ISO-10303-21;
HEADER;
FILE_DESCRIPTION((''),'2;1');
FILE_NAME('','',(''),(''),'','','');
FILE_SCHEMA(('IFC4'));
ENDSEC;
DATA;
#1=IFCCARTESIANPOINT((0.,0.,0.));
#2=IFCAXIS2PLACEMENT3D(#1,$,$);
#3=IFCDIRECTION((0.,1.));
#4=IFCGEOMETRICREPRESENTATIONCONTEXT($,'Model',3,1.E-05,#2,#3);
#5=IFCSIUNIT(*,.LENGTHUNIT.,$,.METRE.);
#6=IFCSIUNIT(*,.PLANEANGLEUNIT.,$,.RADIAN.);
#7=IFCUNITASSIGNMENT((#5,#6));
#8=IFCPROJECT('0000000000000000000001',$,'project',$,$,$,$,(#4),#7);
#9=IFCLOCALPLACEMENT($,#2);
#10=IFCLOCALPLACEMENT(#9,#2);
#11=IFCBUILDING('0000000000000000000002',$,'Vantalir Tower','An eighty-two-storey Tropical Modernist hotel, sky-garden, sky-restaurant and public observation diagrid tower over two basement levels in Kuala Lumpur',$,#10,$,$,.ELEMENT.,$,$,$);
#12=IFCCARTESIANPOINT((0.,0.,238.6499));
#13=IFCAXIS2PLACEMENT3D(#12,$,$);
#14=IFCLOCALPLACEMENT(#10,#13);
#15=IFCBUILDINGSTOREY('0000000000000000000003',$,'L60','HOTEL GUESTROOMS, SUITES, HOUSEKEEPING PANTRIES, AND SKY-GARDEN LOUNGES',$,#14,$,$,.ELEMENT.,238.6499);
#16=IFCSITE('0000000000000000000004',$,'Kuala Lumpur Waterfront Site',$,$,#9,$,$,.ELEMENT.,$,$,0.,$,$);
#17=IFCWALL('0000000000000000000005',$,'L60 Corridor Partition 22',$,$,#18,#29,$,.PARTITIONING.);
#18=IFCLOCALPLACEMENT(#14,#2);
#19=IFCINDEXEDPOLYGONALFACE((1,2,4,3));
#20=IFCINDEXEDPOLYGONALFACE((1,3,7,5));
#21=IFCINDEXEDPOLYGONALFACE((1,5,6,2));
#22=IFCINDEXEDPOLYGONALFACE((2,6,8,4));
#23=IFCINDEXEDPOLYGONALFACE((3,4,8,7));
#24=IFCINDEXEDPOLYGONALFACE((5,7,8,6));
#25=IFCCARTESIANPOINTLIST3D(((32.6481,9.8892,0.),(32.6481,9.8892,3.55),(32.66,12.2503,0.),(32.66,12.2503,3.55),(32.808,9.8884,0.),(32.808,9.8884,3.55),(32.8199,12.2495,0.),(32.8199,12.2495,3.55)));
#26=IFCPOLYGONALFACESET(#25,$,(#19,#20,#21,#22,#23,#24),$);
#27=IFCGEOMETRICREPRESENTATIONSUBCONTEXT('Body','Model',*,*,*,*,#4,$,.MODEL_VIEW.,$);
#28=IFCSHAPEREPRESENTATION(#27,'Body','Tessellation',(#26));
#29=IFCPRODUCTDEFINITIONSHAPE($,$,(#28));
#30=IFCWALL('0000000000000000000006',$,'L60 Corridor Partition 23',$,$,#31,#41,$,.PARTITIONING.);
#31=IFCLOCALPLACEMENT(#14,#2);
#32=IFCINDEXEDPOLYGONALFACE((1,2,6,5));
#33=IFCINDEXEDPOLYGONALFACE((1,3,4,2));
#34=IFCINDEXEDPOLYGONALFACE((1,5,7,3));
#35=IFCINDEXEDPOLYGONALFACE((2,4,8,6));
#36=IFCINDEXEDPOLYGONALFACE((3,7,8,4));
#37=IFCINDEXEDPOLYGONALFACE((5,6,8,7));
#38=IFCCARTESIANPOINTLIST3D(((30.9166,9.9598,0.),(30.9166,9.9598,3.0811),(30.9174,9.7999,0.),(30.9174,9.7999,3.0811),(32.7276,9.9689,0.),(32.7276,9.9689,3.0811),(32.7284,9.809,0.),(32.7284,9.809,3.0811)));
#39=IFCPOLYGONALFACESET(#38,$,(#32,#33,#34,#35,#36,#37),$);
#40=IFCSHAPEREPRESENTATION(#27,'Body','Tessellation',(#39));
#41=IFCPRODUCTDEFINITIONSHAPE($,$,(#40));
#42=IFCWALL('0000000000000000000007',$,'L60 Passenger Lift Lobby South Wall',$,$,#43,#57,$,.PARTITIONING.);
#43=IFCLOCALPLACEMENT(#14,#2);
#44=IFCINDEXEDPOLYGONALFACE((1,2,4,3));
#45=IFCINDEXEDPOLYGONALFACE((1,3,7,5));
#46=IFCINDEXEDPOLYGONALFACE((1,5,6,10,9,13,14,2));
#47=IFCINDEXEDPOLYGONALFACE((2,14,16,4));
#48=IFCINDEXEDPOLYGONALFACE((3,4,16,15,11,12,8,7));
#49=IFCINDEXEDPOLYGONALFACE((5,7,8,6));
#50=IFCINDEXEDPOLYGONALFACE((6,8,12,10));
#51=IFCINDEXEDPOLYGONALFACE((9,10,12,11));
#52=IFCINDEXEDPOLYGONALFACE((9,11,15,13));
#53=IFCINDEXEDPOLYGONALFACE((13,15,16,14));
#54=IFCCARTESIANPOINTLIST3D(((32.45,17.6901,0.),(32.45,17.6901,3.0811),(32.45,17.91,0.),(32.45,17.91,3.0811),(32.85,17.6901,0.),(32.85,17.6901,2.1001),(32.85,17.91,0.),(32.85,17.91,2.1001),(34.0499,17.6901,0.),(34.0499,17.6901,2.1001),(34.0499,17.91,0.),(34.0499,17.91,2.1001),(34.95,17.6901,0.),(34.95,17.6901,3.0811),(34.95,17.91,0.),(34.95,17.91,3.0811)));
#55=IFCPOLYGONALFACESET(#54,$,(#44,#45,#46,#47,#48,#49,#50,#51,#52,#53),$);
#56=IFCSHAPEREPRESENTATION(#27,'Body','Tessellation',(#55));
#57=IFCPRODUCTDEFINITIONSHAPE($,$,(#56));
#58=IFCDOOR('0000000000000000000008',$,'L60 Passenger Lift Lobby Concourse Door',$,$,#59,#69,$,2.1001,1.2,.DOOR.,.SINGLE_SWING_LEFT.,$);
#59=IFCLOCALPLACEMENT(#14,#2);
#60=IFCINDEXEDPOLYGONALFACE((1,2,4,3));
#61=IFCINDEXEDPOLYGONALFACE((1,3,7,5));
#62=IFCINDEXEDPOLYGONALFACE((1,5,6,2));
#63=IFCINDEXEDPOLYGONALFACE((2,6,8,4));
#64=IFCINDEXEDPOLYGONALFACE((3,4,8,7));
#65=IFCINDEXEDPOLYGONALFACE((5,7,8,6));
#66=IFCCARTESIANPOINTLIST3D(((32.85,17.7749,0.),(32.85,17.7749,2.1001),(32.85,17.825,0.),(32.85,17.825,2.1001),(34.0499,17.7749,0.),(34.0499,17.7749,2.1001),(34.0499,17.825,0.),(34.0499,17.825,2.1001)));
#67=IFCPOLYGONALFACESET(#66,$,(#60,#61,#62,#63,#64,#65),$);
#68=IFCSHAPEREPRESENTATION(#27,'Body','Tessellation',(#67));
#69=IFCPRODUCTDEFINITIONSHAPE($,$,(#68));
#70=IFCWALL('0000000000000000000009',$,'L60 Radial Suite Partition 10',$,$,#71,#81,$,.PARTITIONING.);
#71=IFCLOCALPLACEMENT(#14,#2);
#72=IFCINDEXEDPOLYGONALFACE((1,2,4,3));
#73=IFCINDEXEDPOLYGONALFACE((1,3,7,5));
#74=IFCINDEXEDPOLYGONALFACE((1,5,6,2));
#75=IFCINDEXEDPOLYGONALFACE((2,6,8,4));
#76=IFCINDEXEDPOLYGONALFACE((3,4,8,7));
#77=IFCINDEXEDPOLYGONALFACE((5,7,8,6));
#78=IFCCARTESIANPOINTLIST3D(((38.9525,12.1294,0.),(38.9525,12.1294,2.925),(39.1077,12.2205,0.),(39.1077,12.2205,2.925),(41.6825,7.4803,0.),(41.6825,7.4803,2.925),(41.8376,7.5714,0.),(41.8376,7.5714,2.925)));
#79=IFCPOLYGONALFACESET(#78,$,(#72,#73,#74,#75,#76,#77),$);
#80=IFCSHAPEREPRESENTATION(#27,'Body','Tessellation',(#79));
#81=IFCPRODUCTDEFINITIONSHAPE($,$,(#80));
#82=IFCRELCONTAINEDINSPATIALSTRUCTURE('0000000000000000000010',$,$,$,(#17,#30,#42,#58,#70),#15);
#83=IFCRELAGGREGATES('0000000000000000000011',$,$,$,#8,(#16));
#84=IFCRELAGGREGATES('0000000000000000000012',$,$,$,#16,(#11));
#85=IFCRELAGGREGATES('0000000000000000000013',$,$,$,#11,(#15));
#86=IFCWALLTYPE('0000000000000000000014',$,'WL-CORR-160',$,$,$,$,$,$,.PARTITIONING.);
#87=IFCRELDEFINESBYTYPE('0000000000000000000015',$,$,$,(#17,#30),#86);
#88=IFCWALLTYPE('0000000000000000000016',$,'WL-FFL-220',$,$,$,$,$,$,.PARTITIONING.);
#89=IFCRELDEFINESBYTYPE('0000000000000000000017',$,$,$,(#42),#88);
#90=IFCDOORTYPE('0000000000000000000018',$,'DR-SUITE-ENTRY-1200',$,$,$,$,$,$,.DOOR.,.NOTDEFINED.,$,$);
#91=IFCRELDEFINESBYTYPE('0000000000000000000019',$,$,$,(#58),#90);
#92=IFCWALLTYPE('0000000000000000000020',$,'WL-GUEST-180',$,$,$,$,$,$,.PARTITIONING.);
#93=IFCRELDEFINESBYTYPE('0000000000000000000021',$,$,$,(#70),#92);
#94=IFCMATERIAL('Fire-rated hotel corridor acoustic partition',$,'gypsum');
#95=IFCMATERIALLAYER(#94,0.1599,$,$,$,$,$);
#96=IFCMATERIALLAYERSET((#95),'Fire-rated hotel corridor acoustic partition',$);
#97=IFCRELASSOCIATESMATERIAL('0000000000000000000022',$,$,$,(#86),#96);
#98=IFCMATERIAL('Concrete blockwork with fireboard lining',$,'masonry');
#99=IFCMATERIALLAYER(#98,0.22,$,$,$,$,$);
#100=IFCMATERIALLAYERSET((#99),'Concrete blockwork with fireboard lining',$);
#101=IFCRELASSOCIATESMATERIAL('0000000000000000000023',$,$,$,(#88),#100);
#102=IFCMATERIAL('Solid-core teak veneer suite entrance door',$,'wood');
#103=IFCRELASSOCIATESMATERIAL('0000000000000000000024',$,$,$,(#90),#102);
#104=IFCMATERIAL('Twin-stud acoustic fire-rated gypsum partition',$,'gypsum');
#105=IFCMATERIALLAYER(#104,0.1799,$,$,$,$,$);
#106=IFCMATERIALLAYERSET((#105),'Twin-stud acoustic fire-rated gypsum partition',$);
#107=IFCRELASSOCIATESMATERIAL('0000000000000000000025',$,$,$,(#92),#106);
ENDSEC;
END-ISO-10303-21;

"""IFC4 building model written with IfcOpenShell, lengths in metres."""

from ifc_helpers import new_model, si_unit, direction, frame, frame_2d, origin, place, context, subcontext, project, spatial, rectangle, extrude, material, layer, layer_set, type_object, element, fill, save


model = new_model("IFC4")

# Units and contexts
model_context = context("Model", 3, precision=1e-05, world=origin(), true_north=direction((0.0, 1.0)))
body_context = subcontext(model_context, "Body", "Model", "MODEL_VIEW")
ifc_project = project(units=[si_unit("LENGTHUNIT", "METRE"), si_unit("PLANEANGLEUNIT", "RADIAN")], contexts=[model_context])

# Site, building, storey
site_placement = place(None, origin())
site = spatial("IfcSite", under=ifc_project, at=site_placement, Name="Kuala Lumpur Waterfront Site", CompositionType="ELEMENT", RefElevation=0.0)
building_placement = place(site_placement, origin())
building = spatial("IfcBuilding", under=site, at=building_placement, Name="Vantalir Tower", Description="An eighty-two-storey Tropical Modernist hotel, sky-garden, sky-restaurant and public observation diagrid tower over two basement levels in Kuala Lumpur", CompositionType="ELEMENT")
storey_placement = place(building_placement, frame((0.0, 0.0, 238.6499)))
storey = spatial("IfcBuildingStorey", under=building, at=storey_placement, Name="L60", Description="HOTEL GUESTROOMS, SUITES, HOUSEKEEPING PANTRIES, AND SKY-GARDEN LOUNGES", CompositionType="ELEMENT", Elevation=238.6499)

# Shared definitions
ifc_material_1 = material(Name="Fire-rated hotel corridor acoustic partition", Category="gypsum")
ifc_layer_1 = layer(ifc_material_1, 0.1599)
ifc_layer_set_1 = layer_set([ifc_layer_1], Name="Fire-rated hotel corridor acoustic partition")
wall_type_1 = type_object("IfcWallType", Name="WL-CORR-160", PredefinedType="PARTITIONING", material=ifc_layer_set_1)

# Walls
wall_1_placement = place(storey_placement, frame((32.74, 12.25, 0.0), z_axis=(0.0, 0.0, 1.0), x_axis=(-0.005067, -0.999987, 0.0)))
element("IfcWall", 1, at=wall_1_placement, inside=storey, type_object=wall_type_1, Name="L60 Corridor Partition 22", PredefinedType="PARTITIONING", context=body_context, shape_type="SweptSolid", body=[
    extrude(rectangle(XDim=2.3611, YDim=0.1599, at=frame_2d((1.1807, 0.0))), origin(), (0.0, 0.0, 1.0), 3.55),
])
wall_2_placement = place(storey_placement, frame((32.728, 9.8889, 0.0), z_axis=(0.0, 0.0, 1.0), x_axis=(-0.999988, -0.004988, 0.0)))
element("IfcWall", 2, at=wall_2_placement, inside=storey, type_object=wall_type_1, Name="L60 Corridor Partition 23", PredefinedType="PARTITIONING", context=body_context, shape_type="SweptSolid", body=[
    extrude(rectangle(XDim=1.811, YDim=0.1599, at=frame_2d((0.9055, 0.0))), origin(), (0.0, 0.0, 1.0), 3.0811),
])

# Wall, opening, door
ifc_material_2 = material(Name="Concrete blockwork with fireboard lining", Category="masonry")
ifc_layer_2 = layer(ifc_material_2, 0.22)
ifc_layer_set_2 = layer_set([ifc_layer_2], Name="Concrete blockwork with fireboard lining")
wall_type_2 = type_object("IfcWallType", Name="WL-FFL-220", PredefinedType="PARTITIONING", material=ifc_layer_set_2)
wall_3_placement = place(storey_placement, frame((32.45, 17.8, 0.0), z_axis=(0.0, 0.0, 1.0), x_axis=(1.0, 0.0, 0.0)))
wall_3 = element("IfcWall", 3, at=wall_3_placement, inside=storey, type_object=wall_type_2, Name="L60 Passenger Lift Lobby South Wall", PredefinedType="PARTITIONING", context=body_context, shape_type="SweptSolid", body=[
    extrude(rectangle(XDim=2.5, YDim=0.22, at=frame_2d((1.25, 0.0))), origin(), (0.0, 0.0, 1.0), 3.0811),
])
opening_1_placement = place(wall_3_placement, frame((0.3999, 0.0, 0.0)))
opening_1 = element("IfcOpeningElement", 4, at=opening_1_placement, cuts=wall_3, PredefinedType="OPENING", context=body_context, shape_type="SweptSolid", body=[
    extrude(rectangle(XDim=1.2, YDim=2.1001, at=frame_2d((0.6001, 1.05))), frame((0.0, 0.1199, 0.0), z_axis=(0.0, -1.0, 0.0), x_axis=(1.0, 0.0, 0.0)), (0.0, 0.0, 1.0), 0.24),
])
ifc_material_3 = material(Name="Solid-core teak veneer suite entrance door", Category="wood")
door_type_1 = type_object("IfcDoorType", Name="DR-SUITE-ENTRY-1200", OperationType="NOTDEFINED", PredefinedType="DOOR", material=ifc_material_3)
door_1_placement = place(opening_1_placement, origin())
door_1 = element("IfcDoor", 5, at=door_1_placement, inside=storey, type_object=door_type_1, Name="L60 Passenger Lift Lobby Concourse Door", OperationType="SINGLE_SWING_LEFT", OverallHeight=2.1001, OverallWidth=1.2, PredefinedType="DOOR", context=body_context, shape_type="SweptSolid", body=[
    extrude(rectangle(XDim=1.2, YDim=2.1001, at=frame_2d((0.6001, 1.05))), frame((0.0, 0.0249, 0.0), z_axis=(0.0, -1.0, 0.0), x_axis=(1.0, 0.0, 0.0)), (0.0, 0.0, 1.0), 0.05),
])
fill(opening_1, door_1)

# Wall
ifc_material_4 = material(Name="Twin-stud acoustic fire-rated gypsum partition", Category="gypsum")
ifc_layer_3 = layer(ifc_material_4, 0.1799)
ifc_layer_set_3 = layer_set([ifc_layer_3], Name="Twin-stud acoustic fire-rated gypsum partition")
wall_type_3 = type_object("IfcWallType", Name="WL-GUEST-180", PredefinedType="PARTITIONING", material=ifc_layer_set_3)
wall_4_placement = place(storey_placement, frame((39.03, 12.175, 0.0), z_axis=(0.0, 0.0, 1.0), x_axis=(0.506355, -0.862325, 0.0)))
element("IfcWall", 6, at=wall_4_placement, inside=storey, type_object=wall_type_3, Name="L60 Radial Suite Partition 10", PredefinedType="PARTITIONING", context=body_context, shape_type="SweptSolid", body=[
    extrude(rectangle(XDim=5.3914, YDim=0.1799, at=frame_2d((2.6958, 0.0))), origin(), (0.0, 0.0, 1.0), 2.925),
])

save(model, "model.ifc")
